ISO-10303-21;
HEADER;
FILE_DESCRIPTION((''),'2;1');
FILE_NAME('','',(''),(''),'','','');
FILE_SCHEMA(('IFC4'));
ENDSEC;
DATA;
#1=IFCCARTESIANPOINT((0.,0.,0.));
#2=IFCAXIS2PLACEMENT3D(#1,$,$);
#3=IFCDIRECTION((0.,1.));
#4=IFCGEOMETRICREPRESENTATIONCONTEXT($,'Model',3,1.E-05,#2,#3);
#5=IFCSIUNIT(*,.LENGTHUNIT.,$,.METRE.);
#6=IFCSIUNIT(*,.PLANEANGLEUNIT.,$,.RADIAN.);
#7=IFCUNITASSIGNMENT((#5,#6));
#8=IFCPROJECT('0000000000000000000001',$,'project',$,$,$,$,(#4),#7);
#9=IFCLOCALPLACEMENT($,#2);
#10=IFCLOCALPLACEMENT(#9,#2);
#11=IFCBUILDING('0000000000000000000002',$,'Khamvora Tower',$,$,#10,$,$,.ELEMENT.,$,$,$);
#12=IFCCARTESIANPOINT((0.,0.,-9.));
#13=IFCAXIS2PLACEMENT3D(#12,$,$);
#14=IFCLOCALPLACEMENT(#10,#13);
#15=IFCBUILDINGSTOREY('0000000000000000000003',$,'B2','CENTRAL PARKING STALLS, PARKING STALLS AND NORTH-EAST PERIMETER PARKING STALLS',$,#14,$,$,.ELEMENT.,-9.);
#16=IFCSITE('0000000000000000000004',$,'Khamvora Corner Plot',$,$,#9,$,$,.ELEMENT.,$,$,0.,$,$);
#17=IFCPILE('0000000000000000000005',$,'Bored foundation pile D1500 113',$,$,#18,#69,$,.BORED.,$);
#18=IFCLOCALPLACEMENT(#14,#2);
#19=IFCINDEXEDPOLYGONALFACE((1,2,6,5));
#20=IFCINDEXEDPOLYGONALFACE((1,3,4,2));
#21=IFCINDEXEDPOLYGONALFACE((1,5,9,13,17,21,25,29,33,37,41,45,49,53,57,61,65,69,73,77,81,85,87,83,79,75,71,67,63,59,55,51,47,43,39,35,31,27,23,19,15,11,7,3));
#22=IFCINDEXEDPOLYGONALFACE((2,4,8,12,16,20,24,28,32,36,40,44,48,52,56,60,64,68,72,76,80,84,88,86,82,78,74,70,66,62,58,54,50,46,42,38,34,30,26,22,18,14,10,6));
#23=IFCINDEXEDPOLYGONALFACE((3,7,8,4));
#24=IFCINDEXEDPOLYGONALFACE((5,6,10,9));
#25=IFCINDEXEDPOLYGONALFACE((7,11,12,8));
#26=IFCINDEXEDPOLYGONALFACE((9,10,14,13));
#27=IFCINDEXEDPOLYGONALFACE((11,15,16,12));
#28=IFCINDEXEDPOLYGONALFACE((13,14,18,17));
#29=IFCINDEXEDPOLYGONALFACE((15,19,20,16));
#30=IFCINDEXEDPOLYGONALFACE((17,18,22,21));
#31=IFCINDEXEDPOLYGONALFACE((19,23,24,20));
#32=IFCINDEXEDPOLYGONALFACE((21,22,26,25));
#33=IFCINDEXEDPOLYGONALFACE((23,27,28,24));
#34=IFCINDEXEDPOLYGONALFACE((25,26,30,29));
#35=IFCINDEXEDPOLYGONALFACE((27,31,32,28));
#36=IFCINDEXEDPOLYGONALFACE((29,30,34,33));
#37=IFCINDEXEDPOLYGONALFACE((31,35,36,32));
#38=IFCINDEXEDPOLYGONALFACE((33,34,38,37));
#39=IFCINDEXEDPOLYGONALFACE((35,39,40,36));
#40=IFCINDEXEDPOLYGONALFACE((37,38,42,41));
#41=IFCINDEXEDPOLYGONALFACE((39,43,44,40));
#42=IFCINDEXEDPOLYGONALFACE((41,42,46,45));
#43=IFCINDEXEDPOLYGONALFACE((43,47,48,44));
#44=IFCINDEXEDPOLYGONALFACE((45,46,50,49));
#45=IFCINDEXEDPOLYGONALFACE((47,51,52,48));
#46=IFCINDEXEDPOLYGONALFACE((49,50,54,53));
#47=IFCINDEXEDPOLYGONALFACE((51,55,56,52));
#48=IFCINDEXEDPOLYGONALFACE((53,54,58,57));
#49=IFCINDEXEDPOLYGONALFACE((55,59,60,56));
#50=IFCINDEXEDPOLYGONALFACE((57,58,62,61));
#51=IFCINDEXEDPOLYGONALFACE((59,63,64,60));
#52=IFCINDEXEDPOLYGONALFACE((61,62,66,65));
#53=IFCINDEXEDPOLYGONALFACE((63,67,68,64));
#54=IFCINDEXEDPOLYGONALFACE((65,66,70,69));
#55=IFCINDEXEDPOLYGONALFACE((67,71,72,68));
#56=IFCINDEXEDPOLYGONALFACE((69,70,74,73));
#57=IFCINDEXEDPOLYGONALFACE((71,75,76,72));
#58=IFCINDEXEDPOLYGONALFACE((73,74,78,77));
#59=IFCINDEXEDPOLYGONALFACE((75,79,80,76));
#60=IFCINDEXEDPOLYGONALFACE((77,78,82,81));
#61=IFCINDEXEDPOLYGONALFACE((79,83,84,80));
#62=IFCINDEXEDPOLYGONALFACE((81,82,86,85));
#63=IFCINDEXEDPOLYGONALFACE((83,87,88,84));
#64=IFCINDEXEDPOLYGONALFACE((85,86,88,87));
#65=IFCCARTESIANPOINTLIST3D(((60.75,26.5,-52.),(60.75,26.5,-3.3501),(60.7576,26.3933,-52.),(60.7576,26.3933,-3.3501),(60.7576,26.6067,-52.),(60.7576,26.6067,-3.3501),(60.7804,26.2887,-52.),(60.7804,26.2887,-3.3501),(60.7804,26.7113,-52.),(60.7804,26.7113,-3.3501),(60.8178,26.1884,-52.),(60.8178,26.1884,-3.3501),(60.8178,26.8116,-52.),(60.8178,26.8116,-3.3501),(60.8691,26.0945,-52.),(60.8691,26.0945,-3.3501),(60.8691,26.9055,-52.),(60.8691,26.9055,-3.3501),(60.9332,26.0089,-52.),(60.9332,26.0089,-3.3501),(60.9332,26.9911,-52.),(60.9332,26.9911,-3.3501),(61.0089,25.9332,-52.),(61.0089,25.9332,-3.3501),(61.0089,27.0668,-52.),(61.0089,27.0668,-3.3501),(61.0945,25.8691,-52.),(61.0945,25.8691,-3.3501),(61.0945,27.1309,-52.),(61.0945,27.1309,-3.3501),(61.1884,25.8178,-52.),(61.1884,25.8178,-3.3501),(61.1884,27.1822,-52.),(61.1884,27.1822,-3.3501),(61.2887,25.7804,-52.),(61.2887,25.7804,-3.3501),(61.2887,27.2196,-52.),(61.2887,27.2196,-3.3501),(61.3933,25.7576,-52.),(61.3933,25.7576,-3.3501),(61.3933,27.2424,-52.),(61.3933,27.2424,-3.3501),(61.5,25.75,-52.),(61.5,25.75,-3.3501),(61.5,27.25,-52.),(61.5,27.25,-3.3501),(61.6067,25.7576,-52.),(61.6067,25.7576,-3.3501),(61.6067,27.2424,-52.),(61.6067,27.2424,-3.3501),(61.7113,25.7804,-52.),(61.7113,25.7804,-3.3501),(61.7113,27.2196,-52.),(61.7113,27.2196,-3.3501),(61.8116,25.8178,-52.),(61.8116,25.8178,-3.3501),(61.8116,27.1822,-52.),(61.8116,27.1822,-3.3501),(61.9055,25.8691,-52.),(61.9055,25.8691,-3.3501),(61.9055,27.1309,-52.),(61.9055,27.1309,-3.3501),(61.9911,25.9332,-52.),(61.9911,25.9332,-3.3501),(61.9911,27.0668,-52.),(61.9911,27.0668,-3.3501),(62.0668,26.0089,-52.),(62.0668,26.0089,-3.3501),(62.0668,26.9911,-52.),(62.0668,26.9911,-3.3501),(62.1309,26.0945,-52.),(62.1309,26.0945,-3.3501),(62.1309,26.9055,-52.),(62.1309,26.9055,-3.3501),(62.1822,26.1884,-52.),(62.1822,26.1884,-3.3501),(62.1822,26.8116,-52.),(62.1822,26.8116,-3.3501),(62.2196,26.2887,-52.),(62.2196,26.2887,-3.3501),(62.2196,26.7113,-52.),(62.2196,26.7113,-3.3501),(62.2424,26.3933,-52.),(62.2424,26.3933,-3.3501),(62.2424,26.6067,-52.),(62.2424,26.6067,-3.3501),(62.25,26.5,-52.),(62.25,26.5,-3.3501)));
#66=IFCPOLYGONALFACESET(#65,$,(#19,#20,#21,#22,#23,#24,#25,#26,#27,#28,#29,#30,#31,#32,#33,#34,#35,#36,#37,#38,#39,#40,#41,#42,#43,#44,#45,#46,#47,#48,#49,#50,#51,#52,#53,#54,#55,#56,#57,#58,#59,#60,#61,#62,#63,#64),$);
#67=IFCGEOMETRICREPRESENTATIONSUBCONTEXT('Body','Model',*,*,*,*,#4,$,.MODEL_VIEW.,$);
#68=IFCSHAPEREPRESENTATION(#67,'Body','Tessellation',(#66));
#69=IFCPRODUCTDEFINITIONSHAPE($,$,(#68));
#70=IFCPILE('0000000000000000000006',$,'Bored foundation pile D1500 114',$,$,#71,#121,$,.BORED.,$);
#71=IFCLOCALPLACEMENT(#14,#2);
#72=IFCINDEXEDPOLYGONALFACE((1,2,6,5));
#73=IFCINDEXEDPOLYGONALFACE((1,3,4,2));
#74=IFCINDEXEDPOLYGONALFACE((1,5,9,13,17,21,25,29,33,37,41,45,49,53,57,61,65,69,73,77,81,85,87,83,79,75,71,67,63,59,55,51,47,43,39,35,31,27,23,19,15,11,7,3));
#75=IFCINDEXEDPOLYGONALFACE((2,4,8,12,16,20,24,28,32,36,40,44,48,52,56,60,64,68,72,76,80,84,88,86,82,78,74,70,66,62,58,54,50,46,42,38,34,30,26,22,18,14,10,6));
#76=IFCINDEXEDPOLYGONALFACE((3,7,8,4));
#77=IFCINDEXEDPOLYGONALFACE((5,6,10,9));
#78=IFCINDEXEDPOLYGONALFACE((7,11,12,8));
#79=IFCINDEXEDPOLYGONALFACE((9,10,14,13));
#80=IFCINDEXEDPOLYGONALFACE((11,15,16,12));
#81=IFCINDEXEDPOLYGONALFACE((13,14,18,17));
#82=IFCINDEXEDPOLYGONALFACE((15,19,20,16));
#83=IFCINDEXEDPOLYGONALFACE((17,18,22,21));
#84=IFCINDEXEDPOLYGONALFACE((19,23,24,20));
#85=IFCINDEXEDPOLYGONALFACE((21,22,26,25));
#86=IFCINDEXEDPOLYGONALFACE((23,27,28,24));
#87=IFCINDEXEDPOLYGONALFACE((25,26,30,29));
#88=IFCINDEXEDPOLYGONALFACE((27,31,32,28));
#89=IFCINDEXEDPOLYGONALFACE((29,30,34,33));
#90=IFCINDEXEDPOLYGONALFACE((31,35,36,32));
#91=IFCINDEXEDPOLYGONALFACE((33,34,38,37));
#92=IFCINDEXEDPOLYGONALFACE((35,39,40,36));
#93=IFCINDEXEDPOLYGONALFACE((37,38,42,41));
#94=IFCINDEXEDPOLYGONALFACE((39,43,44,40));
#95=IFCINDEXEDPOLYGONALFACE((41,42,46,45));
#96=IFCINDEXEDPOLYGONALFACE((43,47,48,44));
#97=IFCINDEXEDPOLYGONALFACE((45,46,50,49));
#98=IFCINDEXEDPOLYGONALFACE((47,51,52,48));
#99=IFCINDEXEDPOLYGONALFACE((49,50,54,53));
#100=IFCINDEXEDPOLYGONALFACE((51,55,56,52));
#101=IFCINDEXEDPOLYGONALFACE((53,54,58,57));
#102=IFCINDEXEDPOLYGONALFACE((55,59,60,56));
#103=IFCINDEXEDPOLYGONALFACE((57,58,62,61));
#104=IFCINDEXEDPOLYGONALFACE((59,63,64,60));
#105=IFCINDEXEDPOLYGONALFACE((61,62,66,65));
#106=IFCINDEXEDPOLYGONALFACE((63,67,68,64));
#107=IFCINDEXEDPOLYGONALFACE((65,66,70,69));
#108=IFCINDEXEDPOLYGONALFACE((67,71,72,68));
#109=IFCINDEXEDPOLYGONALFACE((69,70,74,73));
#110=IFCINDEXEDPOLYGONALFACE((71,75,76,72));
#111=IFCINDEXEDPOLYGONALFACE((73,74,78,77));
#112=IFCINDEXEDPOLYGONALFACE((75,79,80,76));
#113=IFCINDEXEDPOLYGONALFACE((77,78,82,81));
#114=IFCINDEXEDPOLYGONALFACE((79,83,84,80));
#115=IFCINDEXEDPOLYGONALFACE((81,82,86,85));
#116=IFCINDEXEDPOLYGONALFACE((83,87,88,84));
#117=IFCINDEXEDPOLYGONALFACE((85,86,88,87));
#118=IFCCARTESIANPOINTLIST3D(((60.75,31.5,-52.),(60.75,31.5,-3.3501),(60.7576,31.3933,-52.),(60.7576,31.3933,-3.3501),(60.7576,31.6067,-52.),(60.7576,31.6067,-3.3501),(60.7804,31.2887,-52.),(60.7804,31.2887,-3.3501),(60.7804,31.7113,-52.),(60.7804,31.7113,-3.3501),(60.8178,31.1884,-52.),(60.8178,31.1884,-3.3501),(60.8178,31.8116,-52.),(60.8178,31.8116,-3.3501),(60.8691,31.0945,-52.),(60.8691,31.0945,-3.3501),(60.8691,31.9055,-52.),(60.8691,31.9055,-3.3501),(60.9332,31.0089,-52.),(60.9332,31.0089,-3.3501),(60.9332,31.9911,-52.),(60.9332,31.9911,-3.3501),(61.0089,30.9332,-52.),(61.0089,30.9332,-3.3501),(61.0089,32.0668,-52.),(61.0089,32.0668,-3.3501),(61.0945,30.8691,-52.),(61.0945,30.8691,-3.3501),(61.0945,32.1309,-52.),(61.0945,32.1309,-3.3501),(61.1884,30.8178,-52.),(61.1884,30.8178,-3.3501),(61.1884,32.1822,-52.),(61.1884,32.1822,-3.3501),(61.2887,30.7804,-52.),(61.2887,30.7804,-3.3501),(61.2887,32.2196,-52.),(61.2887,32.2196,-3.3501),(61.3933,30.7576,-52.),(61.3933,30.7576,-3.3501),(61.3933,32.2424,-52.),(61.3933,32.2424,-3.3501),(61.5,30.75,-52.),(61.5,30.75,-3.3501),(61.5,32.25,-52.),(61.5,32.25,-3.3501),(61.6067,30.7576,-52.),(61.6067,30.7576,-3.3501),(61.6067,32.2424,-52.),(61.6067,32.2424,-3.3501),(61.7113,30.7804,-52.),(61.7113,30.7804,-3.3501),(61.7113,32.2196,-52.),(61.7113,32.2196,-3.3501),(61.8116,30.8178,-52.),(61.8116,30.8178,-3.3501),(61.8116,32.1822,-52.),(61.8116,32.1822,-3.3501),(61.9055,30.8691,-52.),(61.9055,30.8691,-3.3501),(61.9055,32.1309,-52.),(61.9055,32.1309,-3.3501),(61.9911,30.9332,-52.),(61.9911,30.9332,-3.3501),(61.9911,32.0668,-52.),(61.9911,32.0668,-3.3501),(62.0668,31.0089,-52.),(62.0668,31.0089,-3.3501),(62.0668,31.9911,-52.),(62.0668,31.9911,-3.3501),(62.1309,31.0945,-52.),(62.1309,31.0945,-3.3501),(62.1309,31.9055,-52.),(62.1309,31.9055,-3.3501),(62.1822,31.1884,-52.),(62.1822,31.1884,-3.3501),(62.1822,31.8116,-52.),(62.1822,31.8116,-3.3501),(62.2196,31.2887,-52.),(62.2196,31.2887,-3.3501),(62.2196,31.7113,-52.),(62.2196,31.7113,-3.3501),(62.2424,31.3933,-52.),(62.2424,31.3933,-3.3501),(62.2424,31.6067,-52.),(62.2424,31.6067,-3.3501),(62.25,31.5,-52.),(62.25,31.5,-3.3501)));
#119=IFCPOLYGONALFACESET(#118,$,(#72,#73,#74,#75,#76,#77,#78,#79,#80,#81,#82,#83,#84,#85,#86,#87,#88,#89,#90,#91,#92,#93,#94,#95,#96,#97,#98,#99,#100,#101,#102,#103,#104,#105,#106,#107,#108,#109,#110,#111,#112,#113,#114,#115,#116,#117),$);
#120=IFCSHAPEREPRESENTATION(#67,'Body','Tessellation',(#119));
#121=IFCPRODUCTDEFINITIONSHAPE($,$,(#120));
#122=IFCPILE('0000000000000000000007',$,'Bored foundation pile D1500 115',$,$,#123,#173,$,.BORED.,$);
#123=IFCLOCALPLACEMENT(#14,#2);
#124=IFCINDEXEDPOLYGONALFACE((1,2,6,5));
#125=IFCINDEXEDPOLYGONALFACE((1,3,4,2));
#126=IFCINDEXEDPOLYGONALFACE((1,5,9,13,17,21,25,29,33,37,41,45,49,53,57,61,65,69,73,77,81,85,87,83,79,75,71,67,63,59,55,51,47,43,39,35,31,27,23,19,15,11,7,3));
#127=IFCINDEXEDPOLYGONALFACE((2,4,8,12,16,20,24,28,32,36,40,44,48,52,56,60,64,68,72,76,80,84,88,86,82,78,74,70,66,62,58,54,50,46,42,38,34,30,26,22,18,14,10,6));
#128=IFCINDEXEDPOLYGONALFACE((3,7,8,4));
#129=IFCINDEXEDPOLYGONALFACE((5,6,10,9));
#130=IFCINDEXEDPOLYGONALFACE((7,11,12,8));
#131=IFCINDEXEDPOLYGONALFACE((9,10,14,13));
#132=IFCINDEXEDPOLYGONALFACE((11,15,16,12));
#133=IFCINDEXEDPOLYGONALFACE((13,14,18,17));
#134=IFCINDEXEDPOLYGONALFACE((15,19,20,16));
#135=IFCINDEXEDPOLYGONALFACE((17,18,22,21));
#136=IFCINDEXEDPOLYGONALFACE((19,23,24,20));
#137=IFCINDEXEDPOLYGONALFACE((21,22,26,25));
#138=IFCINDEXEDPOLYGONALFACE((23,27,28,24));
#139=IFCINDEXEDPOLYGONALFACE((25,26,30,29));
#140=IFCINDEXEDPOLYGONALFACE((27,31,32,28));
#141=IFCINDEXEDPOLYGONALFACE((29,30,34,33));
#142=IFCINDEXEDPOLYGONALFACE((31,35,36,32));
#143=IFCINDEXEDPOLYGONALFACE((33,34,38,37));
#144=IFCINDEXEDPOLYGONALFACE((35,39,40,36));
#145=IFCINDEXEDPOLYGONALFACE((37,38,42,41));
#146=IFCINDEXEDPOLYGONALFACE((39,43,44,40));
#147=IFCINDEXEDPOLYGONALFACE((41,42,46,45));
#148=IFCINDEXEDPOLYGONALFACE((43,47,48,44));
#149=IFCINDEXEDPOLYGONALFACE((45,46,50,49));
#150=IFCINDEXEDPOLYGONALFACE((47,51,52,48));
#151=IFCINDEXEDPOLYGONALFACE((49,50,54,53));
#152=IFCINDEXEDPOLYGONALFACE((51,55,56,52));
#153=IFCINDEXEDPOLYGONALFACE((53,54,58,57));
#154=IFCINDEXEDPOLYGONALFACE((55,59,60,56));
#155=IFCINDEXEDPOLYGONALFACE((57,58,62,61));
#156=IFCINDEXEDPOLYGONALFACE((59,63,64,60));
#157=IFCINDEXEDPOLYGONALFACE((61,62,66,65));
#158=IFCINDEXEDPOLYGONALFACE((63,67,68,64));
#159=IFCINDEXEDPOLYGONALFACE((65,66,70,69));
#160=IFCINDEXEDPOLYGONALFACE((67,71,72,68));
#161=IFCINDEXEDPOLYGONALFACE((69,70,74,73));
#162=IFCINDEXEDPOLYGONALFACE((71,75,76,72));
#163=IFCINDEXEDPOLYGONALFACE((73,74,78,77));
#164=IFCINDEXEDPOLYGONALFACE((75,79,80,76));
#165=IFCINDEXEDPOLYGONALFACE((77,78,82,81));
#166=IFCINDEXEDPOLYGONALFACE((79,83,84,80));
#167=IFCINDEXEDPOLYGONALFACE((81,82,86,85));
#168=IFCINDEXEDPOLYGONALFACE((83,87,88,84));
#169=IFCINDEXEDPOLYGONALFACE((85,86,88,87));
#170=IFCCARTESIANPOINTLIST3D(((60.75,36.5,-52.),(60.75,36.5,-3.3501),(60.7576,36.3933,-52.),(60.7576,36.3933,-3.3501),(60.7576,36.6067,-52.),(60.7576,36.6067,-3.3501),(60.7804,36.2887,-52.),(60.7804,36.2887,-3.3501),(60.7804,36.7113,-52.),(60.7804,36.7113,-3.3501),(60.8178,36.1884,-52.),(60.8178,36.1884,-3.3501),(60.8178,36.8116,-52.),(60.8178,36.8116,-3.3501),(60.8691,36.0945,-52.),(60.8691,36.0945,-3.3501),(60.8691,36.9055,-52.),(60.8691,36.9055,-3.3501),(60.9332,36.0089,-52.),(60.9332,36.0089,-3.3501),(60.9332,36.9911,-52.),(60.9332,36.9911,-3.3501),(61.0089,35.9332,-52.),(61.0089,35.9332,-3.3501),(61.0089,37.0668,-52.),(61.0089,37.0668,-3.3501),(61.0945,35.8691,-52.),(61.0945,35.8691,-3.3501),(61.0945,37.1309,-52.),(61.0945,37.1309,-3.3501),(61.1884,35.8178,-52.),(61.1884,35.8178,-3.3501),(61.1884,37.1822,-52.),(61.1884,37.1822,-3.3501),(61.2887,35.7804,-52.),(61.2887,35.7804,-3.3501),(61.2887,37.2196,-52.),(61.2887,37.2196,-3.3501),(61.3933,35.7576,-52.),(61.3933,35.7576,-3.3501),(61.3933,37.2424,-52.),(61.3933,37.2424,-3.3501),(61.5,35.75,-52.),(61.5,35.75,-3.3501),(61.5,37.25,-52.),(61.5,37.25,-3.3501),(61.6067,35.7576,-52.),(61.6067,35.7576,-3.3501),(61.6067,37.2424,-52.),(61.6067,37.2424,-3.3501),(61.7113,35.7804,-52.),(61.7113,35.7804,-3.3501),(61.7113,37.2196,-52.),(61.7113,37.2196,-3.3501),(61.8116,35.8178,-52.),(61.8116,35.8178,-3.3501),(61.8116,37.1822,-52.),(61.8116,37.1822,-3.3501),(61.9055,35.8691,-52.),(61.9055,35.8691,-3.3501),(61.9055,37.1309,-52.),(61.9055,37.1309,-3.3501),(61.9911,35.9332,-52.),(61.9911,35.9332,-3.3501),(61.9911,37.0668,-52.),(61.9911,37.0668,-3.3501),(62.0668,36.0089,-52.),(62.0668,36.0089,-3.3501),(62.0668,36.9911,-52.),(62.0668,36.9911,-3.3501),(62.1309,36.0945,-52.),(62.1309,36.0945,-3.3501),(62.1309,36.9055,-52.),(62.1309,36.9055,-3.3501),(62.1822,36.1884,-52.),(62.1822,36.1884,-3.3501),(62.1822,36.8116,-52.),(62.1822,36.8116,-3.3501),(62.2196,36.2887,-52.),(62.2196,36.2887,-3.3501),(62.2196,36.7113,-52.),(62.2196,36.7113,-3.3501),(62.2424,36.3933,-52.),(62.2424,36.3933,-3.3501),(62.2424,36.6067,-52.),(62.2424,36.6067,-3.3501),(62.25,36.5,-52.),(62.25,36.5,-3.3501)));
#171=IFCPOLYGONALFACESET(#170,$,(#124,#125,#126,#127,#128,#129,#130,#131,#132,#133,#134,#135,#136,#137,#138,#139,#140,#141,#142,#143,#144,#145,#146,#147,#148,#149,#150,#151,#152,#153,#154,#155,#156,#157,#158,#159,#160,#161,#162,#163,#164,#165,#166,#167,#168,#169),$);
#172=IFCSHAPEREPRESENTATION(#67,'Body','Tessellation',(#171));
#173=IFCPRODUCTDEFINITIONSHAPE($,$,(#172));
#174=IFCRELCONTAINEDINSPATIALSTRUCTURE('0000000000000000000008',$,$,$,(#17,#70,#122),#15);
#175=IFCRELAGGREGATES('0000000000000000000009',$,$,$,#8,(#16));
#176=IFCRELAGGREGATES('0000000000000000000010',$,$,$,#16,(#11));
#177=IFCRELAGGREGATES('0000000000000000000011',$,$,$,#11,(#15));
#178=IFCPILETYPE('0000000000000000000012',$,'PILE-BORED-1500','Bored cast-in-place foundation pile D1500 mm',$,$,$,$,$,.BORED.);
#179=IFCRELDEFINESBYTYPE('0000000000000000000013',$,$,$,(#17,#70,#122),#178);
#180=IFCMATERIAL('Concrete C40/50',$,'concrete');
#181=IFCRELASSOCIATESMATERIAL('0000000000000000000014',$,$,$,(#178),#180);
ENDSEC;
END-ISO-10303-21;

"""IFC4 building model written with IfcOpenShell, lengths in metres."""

from ifc_helpers import new_model, si_unit, direction, frame, origin, origin_2d, place, context, subcontext, project, spatial, circle, extrude, material, material_profile, profile_set, type_object, element, save


model = new_model("IFC4")

# Units and contexts
model_context = context("Model", 3, precision=1e-05, world=origin(), true_north=direction((0.0, 1.0)))
body_context = subcontext(model_context, "Body", "Model", "MODEL_VIEW")
ifc_project = project(units=[si_unit("LENGTHUNIT", "METRE"), si_unit("PLANEANGLEUNIT", "RADIAN")], contexts=[model_context])

# Site, building, storey
site_placement = place(None, origin())
site = spatial("IfcSite", under=ifc_project, at=site_placement, Name="Khamvora Corner Plot", CompositionType="ELEMENT", RefElevation=0.0)
building_placement = place(site_placement, origin())
building = spatial("IfcBuilding", under=site, at=building_placement, Name="Khamvora Tower", CompositionType="ELEMENT")
storey_placement = place(building_placement, frame((0.0, 0.0, -9.0)))
storey = spatial("IfcBuildingStorey", under=building, at=storey_placement, Name="B2", Description="CENTRAL PARKING STALLS, PARKING STALLS AND NORTH-EAST PERIMETER PARKING STALLS", CompositionType="ELEMENT", Elevation=-9.0)

# Piles
ifc_material_1 = material(Name="Concrete C40/50", Category="concrete")
ifc_material_profile_1 = material_profile(ifc_material_1, circle(Radius=0.75, at=origin_2d()), Name="PILE_D1500")
ifc_profile_set_1 = profile_set([ifc_material_profile_1], Name="Concrete C40/50")
pile_type = type_object("IfcPileType", Name="PILE-BORED-1500", Description="Bored cast-in-place foundation pile D1500 mm", PredefinedType="BORED", material=ifc_profile_set_1)
for number, where, z_axis, x_axis, name in (
    (1, (61.5, 26.5, -3.3501), (0.0, 0.0, -1.0), (1.0, 0.0, 0.0), "Bored foundation pile D1500 113"),
    (2, (61.5, 31.5, -3.3501), (0.0, 0.0, -1.0), (1.0, 0.0, 0.0), "Bored foundation pile D1500 114"),
    (3, (61.5, 36.5, -3.3501), (0.0, 0.0, -1.0), (1.0, 0.0, 0.0), "Bored foundation pile D1500 115"),
):
    element("IfcPile", number, at=place(storey_placement, frame(where, z_axis=z_axis, x_axis=x_axis)), inside=storey, type_object=pile_type, Name=name, PredefinedType="BORED", context=body_context, shape_type="SweptSolid", body=[
        extrude(circle(Radius=0.75, at=origin_2d()), origin(), (0.0, 0.0, 1.0), 48.6499),
    ])

save(model, "model.ifc")
